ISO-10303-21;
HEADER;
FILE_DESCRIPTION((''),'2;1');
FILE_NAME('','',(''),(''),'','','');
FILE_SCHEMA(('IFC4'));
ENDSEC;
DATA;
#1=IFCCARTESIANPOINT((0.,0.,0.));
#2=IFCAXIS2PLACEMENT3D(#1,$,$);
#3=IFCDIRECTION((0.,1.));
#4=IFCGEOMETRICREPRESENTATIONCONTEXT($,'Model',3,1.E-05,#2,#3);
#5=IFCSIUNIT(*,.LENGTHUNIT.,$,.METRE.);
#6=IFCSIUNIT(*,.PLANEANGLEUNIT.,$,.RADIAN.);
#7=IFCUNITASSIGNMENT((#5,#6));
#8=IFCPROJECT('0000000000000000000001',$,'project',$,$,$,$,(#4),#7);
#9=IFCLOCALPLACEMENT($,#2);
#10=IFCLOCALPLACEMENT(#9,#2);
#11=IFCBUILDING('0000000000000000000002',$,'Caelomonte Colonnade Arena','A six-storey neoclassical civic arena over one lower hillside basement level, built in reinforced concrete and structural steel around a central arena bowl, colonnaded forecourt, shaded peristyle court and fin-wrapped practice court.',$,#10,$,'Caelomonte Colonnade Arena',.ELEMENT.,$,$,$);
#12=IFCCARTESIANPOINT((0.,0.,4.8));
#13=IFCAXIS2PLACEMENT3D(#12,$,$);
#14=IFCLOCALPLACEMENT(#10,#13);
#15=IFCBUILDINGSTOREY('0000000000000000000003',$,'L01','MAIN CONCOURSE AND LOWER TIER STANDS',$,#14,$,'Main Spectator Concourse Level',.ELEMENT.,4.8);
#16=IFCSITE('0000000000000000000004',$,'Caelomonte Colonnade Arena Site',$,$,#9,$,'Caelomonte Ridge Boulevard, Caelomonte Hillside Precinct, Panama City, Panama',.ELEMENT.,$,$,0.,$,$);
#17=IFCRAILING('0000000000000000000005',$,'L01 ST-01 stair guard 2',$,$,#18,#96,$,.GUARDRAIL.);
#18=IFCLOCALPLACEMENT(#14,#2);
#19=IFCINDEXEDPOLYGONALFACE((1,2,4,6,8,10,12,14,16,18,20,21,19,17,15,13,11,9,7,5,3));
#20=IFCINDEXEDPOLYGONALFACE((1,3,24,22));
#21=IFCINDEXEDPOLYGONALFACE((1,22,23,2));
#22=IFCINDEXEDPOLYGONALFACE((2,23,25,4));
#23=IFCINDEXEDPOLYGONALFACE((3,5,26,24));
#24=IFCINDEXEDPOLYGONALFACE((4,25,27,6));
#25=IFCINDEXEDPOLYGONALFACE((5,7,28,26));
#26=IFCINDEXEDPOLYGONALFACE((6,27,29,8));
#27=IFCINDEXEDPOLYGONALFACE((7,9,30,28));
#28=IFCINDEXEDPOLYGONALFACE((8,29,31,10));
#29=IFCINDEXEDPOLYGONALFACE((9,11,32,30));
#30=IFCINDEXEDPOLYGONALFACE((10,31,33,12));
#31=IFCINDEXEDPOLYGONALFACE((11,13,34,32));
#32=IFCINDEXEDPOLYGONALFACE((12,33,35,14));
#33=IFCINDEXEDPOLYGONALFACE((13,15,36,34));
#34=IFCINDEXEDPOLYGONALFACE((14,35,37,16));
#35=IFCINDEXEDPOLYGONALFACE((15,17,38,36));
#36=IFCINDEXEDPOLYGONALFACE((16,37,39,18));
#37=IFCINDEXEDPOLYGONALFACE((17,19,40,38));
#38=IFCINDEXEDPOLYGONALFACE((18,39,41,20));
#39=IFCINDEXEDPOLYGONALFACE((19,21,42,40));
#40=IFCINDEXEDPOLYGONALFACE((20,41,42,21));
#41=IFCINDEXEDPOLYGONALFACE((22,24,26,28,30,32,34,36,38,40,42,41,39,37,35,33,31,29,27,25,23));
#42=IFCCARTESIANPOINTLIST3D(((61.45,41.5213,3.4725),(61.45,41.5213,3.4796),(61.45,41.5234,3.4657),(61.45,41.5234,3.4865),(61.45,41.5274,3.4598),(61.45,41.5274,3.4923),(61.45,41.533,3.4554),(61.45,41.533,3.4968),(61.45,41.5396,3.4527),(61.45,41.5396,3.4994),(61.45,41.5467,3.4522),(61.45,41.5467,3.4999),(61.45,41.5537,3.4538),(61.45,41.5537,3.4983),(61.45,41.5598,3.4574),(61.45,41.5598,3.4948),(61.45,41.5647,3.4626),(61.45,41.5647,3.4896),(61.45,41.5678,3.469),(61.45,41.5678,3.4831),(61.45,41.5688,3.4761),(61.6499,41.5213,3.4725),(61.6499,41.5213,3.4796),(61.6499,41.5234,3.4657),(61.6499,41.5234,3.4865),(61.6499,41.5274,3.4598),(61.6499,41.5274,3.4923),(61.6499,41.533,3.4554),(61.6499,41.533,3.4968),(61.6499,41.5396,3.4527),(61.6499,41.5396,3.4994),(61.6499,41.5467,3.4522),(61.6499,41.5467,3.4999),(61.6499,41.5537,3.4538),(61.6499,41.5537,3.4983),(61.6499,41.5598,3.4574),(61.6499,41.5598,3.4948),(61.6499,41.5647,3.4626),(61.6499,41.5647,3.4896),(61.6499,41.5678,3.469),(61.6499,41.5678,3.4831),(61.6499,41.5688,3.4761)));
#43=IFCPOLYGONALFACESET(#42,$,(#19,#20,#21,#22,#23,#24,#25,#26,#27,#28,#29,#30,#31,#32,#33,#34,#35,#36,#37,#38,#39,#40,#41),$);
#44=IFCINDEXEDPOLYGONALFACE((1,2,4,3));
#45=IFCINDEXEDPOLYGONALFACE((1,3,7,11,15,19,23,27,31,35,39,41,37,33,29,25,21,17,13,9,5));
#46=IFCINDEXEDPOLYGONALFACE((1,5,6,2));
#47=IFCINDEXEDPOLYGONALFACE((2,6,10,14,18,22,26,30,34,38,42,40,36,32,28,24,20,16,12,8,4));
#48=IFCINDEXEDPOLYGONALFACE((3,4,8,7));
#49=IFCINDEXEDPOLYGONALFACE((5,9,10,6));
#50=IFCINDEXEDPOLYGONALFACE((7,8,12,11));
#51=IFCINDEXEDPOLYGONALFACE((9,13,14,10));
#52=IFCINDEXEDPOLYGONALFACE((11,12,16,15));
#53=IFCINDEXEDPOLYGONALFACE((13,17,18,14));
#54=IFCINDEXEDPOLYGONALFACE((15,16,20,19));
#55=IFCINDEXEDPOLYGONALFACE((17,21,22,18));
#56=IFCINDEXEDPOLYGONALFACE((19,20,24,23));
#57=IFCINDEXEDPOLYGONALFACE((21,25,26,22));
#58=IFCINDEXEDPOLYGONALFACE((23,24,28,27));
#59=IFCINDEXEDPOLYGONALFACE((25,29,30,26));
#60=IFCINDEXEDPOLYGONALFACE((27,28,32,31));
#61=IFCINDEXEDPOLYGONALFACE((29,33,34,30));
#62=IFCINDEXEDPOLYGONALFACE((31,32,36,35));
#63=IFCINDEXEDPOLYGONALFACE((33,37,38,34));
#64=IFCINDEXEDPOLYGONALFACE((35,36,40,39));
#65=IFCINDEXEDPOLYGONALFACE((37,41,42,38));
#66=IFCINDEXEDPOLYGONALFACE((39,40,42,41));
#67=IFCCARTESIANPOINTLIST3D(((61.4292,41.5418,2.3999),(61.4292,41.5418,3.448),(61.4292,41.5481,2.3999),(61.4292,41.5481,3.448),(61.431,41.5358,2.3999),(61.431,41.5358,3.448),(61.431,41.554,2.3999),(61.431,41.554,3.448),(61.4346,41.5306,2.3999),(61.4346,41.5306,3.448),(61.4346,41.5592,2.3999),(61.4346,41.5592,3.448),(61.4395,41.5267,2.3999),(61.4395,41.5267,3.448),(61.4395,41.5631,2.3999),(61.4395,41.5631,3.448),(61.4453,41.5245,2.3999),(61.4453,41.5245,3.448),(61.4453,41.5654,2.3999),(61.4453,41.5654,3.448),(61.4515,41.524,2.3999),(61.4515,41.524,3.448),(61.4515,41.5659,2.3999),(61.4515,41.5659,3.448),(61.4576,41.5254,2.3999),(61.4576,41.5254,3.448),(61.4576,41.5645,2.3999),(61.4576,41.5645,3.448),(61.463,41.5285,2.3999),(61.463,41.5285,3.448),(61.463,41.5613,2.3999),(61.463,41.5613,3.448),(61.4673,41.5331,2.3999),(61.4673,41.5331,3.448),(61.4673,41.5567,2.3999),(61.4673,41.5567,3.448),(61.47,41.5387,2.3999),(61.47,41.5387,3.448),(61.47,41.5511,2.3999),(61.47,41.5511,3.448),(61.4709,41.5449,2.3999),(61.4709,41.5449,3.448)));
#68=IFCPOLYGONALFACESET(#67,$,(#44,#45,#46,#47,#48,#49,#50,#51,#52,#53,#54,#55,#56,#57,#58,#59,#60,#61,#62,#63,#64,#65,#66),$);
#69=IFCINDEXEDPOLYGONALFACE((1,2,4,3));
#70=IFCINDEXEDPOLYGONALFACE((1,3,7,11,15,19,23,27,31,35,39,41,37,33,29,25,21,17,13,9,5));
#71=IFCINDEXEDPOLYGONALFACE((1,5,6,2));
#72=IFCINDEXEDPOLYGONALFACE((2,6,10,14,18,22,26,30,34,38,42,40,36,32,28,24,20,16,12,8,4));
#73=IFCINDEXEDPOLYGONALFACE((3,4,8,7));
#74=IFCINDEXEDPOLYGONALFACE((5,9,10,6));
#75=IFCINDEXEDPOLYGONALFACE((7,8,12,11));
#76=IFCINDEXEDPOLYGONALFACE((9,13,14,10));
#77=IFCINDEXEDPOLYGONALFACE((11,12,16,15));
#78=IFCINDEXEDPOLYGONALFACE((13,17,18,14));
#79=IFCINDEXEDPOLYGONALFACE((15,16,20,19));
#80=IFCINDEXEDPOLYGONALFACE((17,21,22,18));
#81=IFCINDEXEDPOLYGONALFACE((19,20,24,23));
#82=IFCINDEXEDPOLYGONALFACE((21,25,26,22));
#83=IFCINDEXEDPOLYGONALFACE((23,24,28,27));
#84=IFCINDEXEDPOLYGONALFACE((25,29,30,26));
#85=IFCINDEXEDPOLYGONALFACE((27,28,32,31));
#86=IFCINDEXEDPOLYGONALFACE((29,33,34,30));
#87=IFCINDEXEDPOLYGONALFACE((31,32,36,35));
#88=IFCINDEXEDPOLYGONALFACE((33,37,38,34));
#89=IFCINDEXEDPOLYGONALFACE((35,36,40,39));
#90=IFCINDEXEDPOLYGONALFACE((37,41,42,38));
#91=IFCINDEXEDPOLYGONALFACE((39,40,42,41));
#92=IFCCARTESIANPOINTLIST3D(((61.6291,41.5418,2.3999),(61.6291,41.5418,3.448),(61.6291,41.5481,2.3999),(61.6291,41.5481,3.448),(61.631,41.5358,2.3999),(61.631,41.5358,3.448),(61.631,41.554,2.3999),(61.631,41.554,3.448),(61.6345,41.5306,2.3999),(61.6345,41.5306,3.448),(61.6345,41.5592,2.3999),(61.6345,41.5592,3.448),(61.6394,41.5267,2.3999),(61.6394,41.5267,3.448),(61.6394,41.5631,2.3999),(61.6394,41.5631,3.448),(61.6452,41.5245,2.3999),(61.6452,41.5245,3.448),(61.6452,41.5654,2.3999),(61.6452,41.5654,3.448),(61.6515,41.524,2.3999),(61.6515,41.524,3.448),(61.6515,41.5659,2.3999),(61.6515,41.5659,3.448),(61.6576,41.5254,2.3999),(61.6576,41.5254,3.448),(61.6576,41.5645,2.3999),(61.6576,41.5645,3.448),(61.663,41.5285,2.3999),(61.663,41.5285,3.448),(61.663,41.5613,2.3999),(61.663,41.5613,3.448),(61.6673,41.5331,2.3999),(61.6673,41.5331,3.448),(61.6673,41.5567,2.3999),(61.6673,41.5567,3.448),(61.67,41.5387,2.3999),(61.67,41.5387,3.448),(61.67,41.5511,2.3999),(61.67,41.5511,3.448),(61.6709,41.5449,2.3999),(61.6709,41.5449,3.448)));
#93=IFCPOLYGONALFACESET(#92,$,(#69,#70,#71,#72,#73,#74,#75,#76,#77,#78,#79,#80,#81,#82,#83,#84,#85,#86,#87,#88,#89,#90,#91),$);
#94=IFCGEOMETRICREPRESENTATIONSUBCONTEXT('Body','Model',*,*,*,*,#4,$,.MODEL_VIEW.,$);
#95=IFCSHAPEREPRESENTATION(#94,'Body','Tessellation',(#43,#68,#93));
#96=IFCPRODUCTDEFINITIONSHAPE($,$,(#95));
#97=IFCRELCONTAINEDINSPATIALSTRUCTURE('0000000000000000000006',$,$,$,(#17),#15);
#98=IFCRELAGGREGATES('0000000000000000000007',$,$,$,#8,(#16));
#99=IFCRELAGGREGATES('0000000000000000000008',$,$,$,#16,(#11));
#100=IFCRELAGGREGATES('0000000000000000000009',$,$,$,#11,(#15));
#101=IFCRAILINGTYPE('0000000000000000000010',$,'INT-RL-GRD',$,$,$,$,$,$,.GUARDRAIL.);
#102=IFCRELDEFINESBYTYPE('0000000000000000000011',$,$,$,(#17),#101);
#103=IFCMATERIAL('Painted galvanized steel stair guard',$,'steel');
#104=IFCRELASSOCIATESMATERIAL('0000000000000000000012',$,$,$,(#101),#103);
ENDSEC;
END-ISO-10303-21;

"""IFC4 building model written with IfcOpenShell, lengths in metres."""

from ifc_helpers import new_model, si_unit, direction, frame, origin, origin_2d, place, context, subcontext, project, spatial, circle, extrude, material, type_object, element, save


model = new_model("IFC4")

# Units and contexts
model_context = context("Model", 3, precision=1e-05, world=origin(), true_north=direction((0.0, 1.0)))
body_context = subcontext(model_context, "Body", "Model", "MODEL_VIEW")
ifc_project = project(units=[si_unit("LENGTHUNIT", "METRE"), si_unit("PLANEANGLEUNIT", "RADIAN")], contexts=[model_context])

# Site, building, storey
site_placement = place(None, origin())
site = spatial("IfcSite", under=ifc_project, at=site_placement, Name="Caelomonte Colonnade Arena Site", LongName="Caelomonte Ridge Boulevard, Caelomonte Hillside Precinct, Panama City, Panama", CompositionType="ELEMENT", RefElevation=0.0)
building_placement = place(site_placement, origin())
building = spatial("IfcBuilding", under=site, at=building_placement, Name="Caelomonte Colonnade Arena", Description="A six-storey neoclassical civic arena over one lower hillside basement level, built in reinforced concrete and structural steel around a central arena bowl, colonnaded forecourt, shaded peristyle court and fin-wrapped practice court.", LongName="Caelomonte Colonnade Arena", CompositionType="ELEMENT")
storey_placement = place(building_placement, frame((0.0, 0.0, 4.8)))
storey = spatial("IfcBuildingStorey", under=building, at=storey_placement, Name="L01", Description="MAIN CONCOURSE AND LOWER TIER STANDS", LongName="Main Spectator Concourse Level", CompositionType="ELEMENT", Elevation=4.8)

# Railing
ifc_material_1 = material(Name="Painted galvanized steel stair guard", Category="steel")
railing_type_1 = type_object("IfcRailingType", Name="INT-RL-GRD", PredefinedType="GUARDRAIL", material=ifc_material_1)
railing_1_placement = place(storey_placement, frame((61.45, 41.5449, 2.3999)))
element("IfcRailing", 1, at=railing_1_placement, inside=storey, type_object=railing_type_1, Name="L01 ST-01 stair guard 2", PredefinedType="GUARDRAIL", context=body_context, shape_type="SweptSolid", body=[
    extrude(circle(Radius=0.0239, at=origin_2d()), frame((0.0, 0.0, 1.0762), z_axis=(1.0, 0.0, 0.0), x_axis=(0.0, 1.0, 0.0)), (0.0, 0.0, 1.0), 0.2),
    extrude(circle(Radius=0.021, at=origin_2d()), origin(), (0.0, 0.0, 1.0), 1.0481),
    extrude(circle(Radius=0.021, at=origin_2d()), frame((0.2, 0.0, 0.0)), (0.0, 0.0, 1.0), 1.0481),
])

save(model, "model.ifc")
